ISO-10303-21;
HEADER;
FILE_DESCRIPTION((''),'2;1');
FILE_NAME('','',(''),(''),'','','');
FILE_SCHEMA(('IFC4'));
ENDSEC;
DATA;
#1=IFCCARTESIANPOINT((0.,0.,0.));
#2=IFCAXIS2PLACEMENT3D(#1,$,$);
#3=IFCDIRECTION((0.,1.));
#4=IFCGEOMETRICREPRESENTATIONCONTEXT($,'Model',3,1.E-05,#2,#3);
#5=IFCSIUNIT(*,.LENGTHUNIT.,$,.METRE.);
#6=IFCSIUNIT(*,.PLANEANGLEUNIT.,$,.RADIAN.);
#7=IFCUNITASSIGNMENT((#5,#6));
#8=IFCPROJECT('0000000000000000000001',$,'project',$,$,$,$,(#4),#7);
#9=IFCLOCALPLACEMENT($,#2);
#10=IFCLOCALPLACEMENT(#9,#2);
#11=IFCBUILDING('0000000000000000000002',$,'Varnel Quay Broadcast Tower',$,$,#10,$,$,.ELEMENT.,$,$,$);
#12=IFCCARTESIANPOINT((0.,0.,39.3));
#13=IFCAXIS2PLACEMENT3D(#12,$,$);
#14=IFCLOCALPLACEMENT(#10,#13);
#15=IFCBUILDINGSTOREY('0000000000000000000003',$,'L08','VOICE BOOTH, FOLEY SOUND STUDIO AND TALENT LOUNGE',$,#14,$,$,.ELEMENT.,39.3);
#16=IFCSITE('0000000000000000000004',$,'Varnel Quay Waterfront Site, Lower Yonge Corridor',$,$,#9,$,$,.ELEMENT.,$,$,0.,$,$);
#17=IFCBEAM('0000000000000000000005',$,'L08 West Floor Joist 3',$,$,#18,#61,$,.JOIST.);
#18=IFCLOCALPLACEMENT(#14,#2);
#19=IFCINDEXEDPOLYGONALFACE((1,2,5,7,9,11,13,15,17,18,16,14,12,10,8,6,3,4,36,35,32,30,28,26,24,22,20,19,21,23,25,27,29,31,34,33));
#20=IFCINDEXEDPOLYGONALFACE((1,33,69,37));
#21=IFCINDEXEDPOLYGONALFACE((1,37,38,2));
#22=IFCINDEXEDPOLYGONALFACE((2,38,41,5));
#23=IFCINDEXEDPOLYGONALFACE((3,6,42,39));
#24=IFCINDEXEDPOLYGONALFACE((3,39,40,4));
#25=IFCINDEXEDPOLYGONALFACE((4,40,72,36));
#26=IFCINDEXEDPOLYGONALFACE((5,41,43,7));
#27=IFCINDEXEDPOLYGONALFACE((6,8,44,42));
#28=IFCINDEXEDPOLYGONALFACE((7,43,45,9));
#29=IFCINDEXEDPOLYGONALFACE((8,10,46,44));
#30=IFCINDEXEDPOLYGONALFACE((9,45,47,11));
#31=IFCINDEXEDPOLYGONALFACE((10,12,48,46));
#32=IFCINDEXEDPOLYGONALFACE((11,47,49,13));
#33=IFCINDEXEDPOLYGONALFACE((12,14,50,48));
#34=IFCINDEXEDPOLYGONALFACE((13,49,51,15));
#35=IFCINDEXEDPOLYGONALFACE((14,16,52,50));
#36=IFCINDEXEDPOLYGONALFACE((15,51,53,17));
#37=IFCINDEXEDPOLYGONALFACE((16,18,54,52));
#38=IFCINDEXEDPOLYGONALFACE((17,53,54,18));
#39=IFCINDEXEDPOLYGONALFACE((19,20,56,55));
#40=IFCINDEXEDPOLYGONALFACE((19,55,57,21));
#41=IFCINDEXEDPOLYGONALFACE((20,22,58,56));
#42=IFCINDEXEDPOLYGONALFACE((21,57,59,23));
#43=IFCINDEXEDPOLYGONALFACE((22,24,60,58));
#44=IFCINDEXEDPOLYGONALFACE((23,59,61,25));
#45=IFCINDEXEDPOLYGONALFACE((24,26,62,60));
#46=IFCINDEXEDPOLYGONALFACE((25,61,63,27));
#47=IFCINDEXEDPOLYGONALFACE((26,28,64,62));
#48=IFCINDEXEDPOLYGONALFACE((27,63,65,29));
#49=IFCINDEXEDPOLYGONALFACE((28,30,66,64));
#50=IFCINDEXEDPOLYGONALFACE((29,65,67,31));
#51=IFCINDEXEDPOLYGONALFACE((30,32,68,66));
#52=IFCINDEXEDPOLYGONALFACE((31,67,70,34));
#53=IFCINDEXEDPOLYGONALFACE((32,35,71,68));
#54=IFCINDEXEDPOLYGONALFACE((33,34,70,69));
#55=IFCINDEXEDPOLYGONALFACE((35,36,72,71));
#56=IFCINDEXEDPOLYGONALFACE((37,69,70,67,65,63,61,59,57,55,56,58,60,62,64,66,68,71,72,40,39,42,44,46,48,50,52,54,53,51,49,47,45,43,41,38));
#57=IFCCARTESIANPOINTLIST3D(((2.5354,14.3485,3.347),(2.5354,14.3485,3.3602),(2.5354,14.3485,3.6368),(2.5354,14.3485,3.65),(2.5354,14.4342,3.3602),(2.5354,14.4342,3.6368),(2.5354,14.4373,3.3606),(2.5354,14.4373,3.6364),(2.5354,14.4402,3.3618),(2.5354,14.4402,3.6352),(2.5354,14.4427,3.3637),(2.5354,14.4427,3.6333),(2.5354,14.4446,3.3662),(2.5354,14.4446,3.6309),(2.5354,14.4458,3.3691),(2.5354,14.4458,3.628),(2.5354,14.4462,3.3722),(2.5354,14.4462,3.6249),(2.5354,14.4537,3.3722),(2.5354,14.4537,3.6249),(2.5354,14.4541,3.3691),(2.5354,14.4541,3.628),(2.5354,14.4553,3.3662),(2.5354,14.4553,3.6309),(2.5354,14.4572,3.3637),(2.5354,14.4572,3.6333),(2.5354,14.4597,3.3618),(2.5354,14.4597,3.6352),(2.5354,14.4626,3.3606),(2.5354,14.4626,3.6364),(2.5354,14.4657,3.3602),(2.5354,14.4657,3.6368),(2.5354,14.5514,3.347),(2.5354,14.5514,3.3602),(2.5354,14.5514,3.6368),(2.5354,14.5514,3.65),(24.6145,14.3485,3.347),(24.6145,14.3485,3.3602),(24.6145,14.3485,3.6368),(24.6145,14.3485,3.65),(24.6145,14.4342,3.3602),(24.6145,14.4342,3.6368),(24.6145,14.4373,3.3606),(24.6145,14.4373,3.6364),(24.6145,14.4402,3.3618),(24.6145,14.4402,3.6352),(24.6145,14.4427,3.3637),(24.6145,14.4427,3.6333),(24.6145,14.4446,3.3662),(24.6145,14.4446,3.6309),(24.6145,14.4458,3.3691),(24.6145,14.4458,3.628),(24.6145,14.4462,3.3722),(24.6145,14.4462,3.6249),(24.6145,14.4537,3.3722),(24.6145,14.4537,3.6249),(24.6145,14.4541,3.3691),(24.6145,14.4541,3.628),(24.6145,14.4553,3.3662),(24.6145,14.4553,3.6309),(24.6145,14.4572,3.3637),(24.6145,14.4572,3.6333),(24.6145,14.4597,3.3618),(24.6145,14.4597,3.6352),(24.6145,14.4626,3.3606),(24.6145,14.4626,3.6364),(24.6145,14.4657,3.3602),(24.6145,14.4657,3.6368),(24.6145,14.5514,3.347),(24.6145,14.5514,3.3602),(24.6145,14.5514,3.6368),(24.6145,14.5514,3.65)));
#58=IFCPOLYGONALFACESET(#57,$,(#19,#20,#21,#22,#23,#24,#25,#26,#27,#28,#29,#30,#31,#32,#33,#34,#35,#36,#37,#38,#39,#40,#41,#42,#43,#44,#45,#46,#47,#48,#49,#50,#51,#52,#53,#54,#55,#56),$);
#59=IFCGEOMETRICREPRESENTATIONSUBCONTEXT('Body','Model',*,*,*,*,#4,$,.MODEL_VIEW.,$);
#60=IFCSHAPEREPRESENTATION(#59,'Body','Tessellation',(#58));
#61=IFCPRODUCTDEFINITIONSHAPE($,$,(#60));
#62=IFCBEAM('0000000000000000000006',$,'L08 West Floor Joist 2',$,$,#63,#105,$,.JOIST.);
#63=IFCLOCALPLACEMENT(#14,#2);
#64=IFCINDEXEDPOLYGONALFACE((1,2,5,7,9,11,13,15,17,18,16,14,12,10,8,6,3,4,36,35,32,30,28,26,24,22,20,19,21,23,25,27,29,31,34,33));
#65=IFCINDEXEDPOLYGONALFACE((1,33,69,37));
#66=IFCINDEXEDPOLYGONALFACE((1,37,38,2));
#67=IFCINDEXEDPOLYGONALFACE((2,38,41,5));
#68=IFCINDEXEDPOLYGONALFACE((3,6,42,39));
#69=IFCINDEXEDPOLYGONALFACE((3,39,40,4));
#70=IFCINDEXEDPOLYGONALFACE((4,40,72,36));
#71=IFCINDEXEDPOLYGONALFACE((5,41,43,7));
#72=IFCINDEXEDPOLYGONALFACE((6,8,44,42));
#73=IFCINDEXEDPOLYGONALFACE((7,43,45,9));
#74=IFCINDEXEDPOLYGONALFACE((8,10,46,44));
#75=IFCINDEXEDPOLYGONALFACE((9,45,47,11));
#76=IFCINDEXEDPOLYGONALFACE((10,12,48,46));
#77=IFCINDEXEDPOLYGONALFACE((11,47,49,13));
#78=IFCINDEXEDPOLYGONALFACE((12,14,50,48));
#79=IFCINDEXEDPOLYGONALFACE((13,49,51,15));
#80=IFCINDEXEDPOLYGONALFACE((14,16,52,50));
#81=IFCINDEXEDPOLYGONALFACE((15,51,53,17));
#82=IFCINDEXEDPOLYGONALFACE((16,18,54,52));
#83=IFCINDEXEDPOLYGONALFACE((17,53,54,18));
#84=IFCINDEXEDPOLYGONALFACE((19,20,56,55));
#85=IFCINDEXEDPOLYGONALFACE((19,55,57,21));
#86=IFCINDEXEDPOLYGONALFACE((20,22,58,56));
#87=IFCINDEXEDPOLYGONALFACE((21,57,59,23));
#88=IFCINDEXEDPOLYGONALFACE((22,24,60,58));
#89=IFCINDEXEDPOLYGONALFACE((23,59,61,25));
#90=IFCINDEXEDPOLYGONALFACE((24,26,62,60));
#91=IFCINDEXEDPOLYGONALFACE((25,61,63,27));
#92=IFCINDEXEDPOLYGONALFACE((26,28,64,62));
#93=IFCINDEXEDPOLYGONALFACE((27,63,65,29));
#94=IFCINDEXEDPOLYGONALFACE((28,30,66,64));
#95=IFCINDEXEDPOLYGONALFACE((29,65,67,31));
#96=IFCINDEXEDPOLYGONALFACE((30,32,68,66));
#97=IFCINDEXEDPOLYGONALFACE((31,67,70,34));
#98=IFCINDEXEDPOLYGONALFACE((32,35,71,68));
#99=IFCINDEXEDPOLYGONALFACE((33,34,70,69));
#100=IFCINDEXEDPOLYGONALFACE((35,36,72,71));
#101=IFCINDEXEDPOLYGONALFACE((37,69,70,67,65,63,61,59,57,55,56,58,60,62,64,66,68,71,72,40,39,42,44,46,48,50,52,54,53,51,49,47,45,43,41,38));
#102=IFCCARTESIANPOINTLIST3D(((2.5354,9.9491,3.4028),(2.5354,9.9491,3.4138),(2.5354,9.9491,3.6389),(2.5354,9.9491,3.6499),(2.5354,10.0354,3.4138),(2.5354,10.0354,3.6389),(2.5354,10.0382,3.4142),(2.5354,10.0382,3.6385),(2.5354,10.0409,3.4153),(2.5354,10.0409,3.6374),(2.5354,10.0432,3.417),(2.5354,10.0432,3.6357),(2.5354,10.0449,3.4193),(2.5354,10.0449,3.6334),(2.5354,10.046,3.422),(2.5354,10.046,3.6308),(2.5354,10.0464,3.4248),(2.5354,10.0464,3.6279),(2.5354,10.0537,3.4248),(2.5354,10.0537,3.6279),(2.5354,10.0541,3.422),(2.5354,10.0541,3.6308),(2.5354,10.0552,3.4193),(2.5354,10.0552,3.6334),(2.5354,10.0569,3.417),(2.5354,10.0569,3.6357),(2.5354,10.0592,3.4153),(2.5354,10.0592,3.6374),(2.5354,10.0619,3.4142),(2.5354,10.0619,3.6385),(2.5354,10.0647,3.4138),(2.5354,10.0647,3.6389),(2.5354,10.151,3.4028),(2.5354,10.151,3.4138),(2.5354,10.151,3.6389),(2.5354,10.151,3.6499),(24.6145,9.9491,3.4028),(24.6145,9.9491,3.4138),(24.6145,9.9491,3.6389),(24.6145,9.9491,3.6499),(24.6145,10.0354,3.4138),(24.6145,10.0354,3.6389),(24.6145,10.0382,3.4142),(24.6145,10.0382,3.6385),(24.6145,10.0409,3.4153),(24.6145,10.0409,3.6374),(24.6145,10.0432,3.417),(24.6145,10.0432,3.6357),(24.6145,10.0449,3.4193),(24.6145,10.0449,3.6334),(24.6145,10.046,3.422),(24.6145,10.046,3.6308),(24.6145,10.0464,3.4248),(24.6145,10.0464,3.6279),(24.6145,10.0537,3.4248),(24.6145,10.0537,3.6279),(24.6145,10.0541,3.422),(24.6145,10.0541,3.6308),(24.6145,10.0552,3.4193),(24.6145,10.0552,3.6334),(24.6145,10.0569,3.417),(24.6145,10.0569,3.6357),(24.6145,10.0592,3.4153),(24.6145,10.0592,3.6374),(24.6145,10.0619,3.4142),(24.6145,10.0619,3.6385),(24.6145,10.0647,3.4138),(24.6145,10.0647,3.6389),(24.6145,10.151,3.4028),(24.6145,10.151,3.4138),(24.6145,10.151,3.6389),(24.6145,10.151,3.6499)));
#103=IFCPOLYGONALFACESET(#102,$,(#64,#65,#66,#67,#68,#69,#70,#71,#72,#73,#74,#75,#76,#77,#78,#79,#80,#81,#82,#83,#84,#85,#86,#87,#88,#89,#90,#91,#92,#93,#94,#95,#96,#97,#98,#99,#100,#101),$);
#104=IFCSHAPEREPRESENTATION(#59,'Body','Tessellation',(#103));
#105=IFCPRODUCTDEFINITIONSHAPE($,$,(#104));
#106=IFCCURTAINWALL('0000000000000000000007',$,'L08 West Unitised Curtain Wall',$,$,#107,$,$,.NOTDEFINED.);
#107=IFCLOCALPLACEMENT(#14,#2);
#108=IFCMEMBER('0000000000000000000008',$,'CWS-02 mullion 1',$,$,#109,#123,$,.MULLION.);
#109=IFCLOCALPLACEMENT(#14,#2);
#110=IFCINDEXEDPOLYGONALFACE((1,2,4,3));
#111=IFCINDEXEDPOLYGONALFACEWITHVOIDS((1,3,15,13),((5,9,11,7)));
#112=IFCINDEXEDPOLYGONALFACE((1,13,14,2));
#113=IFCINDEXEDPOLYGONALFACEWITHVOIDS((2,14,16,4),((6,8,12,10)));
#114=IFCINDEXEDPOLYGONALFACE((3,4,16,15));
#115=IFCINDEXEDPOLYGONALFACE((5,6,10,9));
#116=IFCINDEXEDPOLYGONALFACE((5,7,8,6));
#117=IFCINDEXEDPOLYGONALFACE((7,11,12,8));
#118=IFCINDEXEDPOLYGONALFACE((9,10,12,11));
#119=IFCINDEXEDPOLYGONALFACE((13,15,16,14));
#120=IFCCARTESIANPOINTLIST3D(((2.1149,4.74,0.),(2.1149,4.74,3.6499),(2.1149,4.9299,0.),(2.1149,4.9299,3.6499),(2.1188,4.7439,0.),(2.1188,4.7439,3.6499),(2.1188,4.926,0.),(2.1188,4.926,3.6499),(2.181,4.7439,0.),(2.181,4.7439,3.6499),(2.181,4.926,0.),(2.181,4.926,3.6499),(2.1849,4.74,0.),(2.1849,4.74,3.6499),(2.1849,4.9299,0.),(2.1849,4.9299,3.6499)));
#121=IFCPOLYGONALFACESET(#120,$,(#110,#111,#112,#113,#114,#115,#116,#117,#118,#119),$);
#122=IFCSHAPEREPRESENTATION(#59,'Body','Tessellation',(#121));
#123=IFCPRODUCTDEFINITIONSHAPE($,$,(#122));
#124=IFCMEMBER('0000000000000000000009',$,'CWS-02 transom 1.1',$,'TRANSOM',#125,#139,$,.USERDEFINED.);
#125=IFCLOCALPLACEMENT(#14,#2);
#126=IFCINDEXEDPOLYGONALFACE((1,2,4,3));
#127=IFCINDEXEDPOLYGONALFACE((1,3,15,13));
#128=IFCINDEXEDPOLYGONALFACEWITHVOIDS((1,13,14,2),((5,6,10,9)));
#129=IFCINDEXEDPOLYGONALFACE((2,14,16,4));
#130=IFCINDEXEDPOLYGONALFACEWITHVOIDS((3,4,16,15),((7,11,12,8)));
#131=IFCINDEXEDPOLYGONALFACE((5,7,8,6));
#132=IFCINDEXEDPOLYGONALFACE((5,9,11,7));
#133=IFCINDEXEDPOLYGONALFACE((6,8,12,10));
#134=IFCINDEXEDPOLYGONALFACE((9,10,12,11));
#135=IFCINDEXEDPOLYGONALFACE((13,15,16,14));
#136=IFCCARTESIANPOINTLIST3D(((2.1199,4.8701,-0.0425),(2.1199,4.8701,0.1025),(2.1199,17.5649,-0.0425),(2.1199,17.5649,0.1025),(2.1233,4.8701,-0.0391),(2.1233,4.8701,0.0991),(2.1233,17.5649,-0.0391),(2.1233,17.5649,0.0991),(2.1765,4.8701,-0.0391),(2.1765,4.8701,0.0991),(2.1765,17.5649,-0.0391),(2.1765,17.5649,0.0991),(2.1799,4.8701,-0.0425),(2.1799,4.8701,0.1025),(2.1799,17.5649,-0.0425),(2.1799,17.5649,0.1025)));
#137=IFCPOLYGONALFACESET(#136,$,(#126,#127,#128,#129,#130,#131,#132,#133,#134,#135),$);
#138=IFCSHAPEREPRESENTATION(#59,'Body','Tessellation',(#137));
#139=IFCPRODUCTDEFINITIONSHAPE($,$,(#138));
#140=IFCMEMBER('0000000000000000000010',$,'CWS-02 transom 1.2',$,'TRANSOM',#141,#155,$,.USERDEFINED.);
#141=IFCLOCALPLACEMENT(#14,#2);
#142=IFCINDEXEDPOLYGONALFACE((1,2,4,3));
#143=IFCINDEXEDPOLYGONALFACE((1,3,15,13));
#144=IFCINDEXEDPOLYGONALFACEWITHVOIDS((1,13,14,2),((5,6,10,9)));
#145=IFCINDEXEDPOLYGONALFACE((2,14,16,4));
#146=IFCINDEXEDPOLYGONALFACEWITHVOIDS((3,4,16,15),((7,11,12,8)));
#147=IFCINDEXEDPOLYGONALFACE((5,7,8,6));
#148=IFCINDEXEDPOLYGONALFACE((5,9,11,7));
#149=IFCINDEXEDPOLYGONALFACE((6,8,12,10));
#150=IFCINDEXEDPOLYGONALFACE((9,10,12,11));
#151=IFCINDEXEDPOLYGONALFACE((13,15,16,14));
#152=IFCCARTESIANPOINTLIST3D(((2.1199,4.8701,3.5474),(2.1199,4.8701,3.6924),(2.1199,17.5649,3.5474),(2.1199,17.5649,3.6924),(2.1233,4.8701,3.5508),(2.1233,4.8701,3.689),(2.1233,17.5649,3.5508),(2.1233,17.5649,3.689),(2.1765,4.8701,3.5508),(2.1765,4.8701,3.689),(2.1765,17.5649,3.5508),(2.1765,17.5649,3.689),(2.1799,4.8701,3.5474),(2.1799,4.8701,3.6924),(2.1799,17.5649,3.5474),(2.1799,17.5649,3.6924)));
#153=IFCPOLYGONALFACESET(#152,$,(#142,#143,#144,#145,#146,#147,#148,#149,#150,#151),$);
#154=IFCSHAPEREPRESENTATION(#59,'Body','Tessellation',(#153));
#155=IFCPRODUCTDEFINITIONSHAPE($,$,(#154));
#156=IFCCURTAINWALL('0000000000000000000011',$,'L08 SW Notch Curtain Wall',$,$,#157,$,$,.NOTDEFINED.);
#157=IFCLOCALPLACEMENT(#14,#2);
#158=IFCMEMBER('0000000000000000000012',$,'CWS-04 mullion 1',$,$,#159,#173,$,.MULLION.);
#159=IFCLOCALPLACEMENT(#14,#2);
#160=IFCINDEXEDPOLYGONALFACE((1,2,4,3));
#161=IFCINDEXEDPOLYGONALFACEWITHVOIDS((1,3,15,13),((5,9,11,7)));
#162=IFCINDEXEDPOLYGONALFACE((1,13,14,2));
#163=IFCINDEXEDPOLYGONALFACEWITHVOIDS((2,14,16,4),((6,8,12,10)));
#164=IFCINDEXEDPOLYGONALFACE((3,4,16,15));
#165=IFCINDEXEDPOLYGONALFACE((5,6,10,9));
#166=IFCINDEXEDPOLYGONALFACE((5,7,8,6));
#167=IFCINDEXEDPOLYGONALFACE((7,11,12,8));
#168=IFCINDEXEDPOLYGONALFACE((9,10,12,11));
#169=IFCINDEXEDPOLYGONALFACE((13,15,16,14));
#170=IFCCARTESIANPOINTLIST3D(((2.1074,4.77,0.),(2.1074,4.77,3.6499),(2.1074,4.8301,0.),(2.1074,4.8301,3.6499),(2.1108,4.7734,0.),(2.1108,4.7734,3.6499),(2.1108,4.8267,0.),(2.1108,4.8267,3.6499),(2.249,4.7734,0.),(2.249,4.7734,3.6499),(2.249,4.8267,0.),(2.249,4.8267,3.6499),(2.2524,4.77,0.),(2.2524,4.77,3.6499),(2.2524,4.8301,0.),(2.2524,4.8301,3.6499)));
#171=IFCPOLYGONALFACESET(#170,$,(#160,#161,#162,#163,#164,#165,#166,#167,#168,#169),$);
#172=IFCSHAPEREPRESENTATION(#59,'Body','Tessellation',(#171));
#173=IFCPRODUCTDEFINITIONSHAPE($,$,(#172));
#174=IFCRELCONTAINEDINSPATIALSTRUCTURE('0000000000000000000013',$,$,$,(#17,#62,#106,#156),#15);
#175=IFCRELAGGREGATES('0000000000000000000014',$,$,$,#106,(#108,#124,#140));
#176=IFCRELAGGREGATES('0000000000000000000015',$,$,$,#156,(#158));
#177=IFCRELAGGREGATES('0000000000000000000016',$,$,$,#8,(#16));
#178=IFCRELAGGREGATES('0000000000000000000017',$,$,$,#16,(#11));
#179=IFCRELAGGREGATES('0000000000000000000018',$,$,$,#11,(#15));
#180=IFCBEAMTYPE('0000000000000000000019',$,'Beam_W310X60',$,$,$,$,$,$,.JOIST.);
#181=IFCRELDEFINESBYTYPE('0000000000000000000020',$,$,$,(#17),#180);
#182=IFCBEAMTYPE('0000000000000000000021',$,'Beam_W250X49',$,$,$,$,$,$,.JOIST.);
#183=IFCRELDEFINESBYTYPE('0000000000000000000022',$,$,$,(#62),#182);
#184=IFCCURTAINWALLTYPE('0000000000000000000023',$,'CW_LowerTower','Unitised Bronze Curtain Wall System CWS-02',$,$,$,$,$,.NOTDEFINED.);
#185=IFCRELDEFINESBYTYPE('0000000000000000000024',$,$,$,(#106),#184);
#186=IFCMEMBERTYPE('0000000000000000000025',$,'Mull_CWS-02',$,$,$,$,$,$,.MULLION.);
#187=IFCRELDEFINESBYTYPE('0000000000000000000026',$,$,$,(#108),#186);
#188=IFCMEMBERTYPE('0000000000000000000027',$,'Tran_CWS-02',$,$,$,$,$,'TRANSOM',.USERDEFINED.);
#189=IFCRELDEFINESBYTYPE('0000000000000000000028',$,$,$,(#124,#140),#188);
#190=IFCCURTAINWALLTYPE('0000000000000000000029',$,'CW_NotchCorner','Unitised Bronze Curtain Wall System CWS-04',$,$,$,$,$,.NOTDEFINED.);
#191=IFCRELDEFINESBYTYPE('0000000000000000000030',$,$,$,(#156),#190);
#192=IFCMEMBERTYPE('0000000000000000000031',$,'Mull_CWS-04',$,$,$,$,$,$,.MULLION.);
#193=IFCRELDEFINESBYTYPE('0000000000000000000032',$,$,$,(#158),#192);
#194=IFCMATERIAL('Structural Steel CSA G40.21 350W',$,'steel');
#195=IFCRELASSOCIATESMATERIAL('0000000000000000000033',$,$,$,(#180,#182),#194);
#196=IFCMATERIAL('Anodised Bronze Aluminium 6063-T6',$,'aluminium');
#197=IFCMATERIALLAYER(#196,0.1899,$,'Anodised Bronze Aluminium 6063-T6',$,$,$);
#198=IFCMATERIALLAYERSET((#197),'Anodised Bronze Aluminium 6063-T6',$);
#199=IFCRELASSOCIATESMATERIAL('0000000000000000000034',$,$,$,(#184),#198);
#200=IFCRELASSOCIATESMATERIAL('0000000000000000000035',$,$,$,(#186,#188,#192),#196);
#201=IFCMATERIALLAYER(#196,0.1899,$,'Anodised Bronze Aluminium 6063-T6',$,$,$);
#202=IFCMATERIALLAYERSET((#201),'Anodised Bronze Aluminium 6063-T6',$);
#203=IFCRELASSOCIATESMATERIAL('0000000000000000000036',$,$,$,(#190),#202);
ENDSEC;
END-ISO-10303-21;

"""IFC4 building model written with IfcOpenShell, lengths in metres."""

from ifc_helpers import new_model, si_unit, direction, frame, origin, origin_2d, place, context, subcontext, project, spatial, hollow_rectangle, i_section, extrude, source, transform, mapped, material, layer, layer_set, material_profile, profile_set, type_object, type_shapes, element, aggregate, save


model = new_model("IFC4")

# Units and contexts
model_context = context("Model", 3, precision=1e-05, world=origin(), true_north=direction((0.0, 1.0)))
body_context = subcontext(model_context, "Body", "Model", "MODEL_VIEW")
ifc_project = project(units=[si_unit("LENGTHUNIT", "METRE"), si_unit("PLANEANGLEUNIT", "RADIAN")], contexts=[model_context])

# Site, building, storey
site_placement = place(None, origin())
site = spatial("IfcSite", under=ifc_project, at=site_placement, Name="Varnel Quay Waterfront Site, Lower Yonge Corridor", CompositionType="ELEMENT", RefElevation=0.0)
building_placement = place(site_placement, origin())
building = spatial("IfcBuilding", under=site, at=building_placement, Name="Varnel Quay Broadcast Tower", CompositionType="ELEMENT")
storey_placement = place(building_placement, frame((0.0, 0.0, 39.3)))
storey = spatial("IfcBuildingStorey", under=building, at=storey_placement, Name="L08", Description="VOICE BOOTH, FOLEY SOUND STUDIO AND TALENT LOUNGE", CompositionType="ELEMENT", Elevation=39.3)

# Shared definitions
ifc_material_1 = material(Name="Structural Steel CSA G40.21 350W", Category="steel")

# Beams
ifc_material_profile_1 = material_profile(ifc_material_1, i_section(OverallWidth=0.2029, OverallDepth=0.303, WebThickness=0.0076, FlangeThickness=0.0132, FilletRadius=0.012, at=origin_2d()), Name="W310X60")
ifc_profile_set_1 = profile_set([ifc_material_profile_1], Name="Structural Steel CSA G40.21 350W")
beam_type_1 = type_object("IfcBeamType", Name="Beam_W310X60", PredefinedType="JOIST", material=ifc_profile_set_1)
shared_shape_1 = source(origin(), body_context, "Body", "SweptSolid", [
    extrude(i_section(OverallWidth=0.2029, OverallDepth=0.303, WebThickness=0.0076, FlangeThickness=0.0132, FilletRadius=0.012, at=origin_2d()), origin(), (0.0, 0.0, 1.0), 22.0791),
])
type_shapes(beam_type_1, [shared_shape_1])
for number, where, z_axis, x_axis, name in (
    (1, (2.5354, 14.45, 3.4985), (1.0, 0.0, 0.0), (0.0, 1.0, 0.0), "L08 West Floor Joist 3"),
):
    element("IfcBeam", number, at=place(storey_placement, frame(where, z_axis=z_axis, x_axis=x_axis)), inside=storey, type_object=beam_type_1, Name=name, PredefinedType="JOIST", context=body_context, shape_type="MappedRepresentation", body=[
        mapped(shared_shape_1, transform((0.0, 0.0, 0.0), x_axis=(1.0, 0.0, 0.0), y_axis=(0.0, 1.0, 0.0), z_axis=(0.0, 0.0, 1.0), scale=1.0)),
    ])
ifc_material_profile_2 = material_profile(ifc_material_1, i_section(OverallWidth=0.2019, OverallDepth=0.2471, WebThickness=0.0073, FlangeThickness=0.011, FilletRadius=0.011, at=origin_2d()), Name="W250X49")
ifc_profile_set_2 = profile_set([ifc_material_profile_2], Name="Structural Steel CSA G40.21 350W")
beam_type_2 = type_object("IfcBeamType", Name="Beam_W250X49", PredefinedType="JOIST", material=ifc_profile_set_2)
shared_shape_2 = source(origin(), body_context, "Body", "SweptSolid", [
    extrude(i_section(OverallWidth=0.2019, OverallDepth=0.2471, WebThickness=0.0073, FlangeThickness=0.011, FilletRadius=0.011, at=origin_2d()), origin(), (0.0, 0.0, 1.0), 22.0791),
])
type_shapes(beam_type_2, [shared_shape_2])
beam_1_placement = place(storey_placement, frame((2.5354, 10.05, 3.5264), z_axis=(1.0, 0.0, 0.0), x_axis=(0.0, 1.0, 0.0)))
element("IfcBeam", 2, at=beam_1_placement, inside=storey, type_object=beam_type_2, Name="L08 West Floor Joist 2", PredefinedType="JOIST", context=body_context, shape_type="MappedRepresentation", body=[
    mapped(shared_shape_2, transform((0.0, 0.0, 0.0), x_axis=(1.0, 0.0, 0.0), y_axis=(0.0, 1.0, 0.0), z_axis=(0.0, 0.0, 1.0), scale=1.0)),
])

# Curtain walls, members
ifc_material_2 = material(Name="Anodised Bronze Aluminium 6063-T6", Category="aluminium")
ifc_layer_1 = layer(ifc_material_2, 0.1899, Name="Anodised Bronze Aluminium 6063-T6")
ifc_layer_set_1 = layer_set([ifc_layer_1], Name="Anodised Bronze Aluminium 6063-T6")
curtain_wall_type_1 = type_object("IfcCurtainWallType", Name="CW_LowerTower", Description="Unitised Bronze Curtain Wall System CWS-02", PredefinedType="NOTDEFINED", material=ifc_layer_set_1)
curtain_wall_1_placement = place(storey_placement, origin())
curtain_wall_1 = element("IfcCurtainWall", 3, at=curtain_wall_1_placement, inside=storey, type_object=curtain_wall_type_1, Name="L08 West Unitised Curtain Wall", PredefinedType="NOTDEFINED")
ifc_material_profile_3 = material_profile(ifc_material_2, hollow_rectangle(XDim=0.0701, YDim=0.1899, WallThickness=0.0039, at=origin_2d()), Name="ALU70X190X4")
ifc_profile_set_3 = profile_set([ifc_material_profile_3], Name="Anodised Bronze Aluminium 6063-T6")
member_type_1 = type_object("IfcMemberType", Name="Mull_CWS-02", PredefinedType="MULLION", material=ifc_profile_set_3)
shared_shape_3 = source(origin(), body_context, "Body", "SweptSolid", [
    extrude(hollow_rectangle(XDim=0.0701, YDim=0.1899, WallThickness=0.0039, at=origin_2d()), origin(), (0.0, 0.0, 1.0), 3.6499),
])
type_shapes(member_type_1, [shared_shape_3])
member_1_placement = place(storey_placement, frame((2.1499, 4.835, 0.0), z_axis=(0.0, 0.0, 1.0), x_axis=(-1.0, 0.0, 0.0)))
member_1 = element("IfcMember", 4, at=member_1_placement, type_object=member_type_1, Name="CWS-02 mullion 1", PredefinedType="MULLION", context=body_context, shape_type="MappedRepresentation", body=[
    mapped(shared_shape_3, transform((0.0, 0.0, 0.0), x_axis=(1.0, 0.0, 0.0), y_axis=(0.0, 1.0, 0.0), z_axis=(0.0, 0.0, 1.0), scale=1.0)),
])
ifc_material_profile_4 = material_profile(ifc_material_2, hollow_rectangle(XDim=0.0601, YDim=0.145, WallThickness=0.0034, at=origin_2d()), Name="ALU60X145X3.5")
ifc_profile_set_4 = profile_set([ifc_material_profile_4], Name="Anodised Bronze Aluminium 6063-T6")
member_type_2 = type_object("IfcMemberType", Name="Tran_CWS-02", ElementType="TRANSOM", PredefinedType="USERDEFINED", material=ifc_profile_set_4)
shared_shape_4 = source(origin(), body_context, "Body", "SweptSolid", [
    extrude(hollow_rectangle(XDim=0.0601, YDim=0.145, WallThickness=0.0034, at=origin_2d()), origin(), (0.0, 0.0, 1.0), 12.6948),
])
type_shapes(member_type_2, [shared_shape_4])
member_2_placement = place(storey_placement, frame((2.1499, 4.8701, 0.03), z_axis=(0.0, 1.0, 0.0), x_axis=(-1.0, 0.0, 0.0)))
member_2 = element("IfcMember", 5, at=member_2_placement, type_object=member_type_2, Name="CWS-02 transom 1.1", ObjectType="TRANSOM", PredefinedType="USERDEFINED", context=body_context, shape_type="MappedRepresentation", body=[
    mapped(shared_shape_4, transform((0.0, 0.0, 0.0), x_axis=(1.0, 0.0, 0.0), y_axis=(0.0, 1.0, 0.0), z_axis=(0.0, 0.0, 1.0), scale=1.0)),
])
member_3_placement = place(storey_placement, frame((2.1499, 4.8701, 3.6199), z_axis=(0.0, 1.0, 0.0), x_axis=(-1.0, 0.0, 0.0)))
member_3 = element("IfcMember", 6, at=member_3_placement, type_object=member_type_2, Name="CWS-02 transom 1.2", ObjectType="TRANSOM", PredefinedType="USERDEFINED", context=body_context, shape_type="MappedRepresentation", body=[
    mapped(shared_shape_4, transform((0.0, 0.0, 0.0), x_axis=(1.0, 0.0, 0.0), y_axis=(0.0, 1.0, 0.0), z_axis=(0.0, 0.0, 1.0), scale=1.0)),
])
ifc_layer_2 = layer(ifc_material_2, 0.1899, Name="Anodised Bronze Aluminium 6063-T6")
ifc_layer_set_2 = layer_set([ifc_layer_2], Name="Anodised Bronze Aluminium 6063-T6")
curtain_wall_type_2 = type_object("IfcCurtainWallType", Name="CW_NotchCorner", Description="Unitised Bronze Curtain Wall System CWS-04", PredefinedType="NOTDEFINED", material=ifc_layer_set_2)
curtain_wall_2_placement = place(storey_placement, origin())
curtain_wall_2 = element("IfcCurtainWall", 7, at=curtain_wall_2_placement, inside=storey, type_object=curtain_wall_type_2, Name="L08 SW Notch Curtain Wall", PredefinedType="NOTDEFINED")
ifc_material_profile_5 = material_profile(ifc_material_2, hollow_rectangle(XDim=0.0601, YDim=0.145, WallThickness=0.0034, at=origin_2d()), Name="ALU60X145X3.5")
ifc_profile_set_5 = profile_set([ifc_material_profile_5], Name="Anodised Bronze Aluminium 6063-T6")
member_type_3 = type_object("IfcMemberType", Name="Mull_CWS-04", PredefinedType="MULLION", material=ifc_profile_set_5)
shared_shape_5 = source(origin(), body_context, "Body", "SweptSolid", [
    extrude(hollow_rectangle(XDim=0.0601, YDim=0.145, WallThickness=0.0034, at=origin_2d()), origin(), (0.0, 0.0, 1.0), 3.6499),
])
type_shapes(member_type_3, [shared_shape_5])
member_4_placement = place(storey_placement, frame((2.1799, 4.8, 0.0), z_axis=(0.0, 0.0, 1.0), x_axis=(0.0, 1.0, 0.0)))
member_4 = element("IfcMember", 8, at=member_4_placement, type_object=member_type_3, Name="CWS-04 mullion 1", PredefinedType="MULLION", context=body_context, shape_type="MappedRepresentation", body=[
    mapped(shared_shape_5, transform((0.0, 0.0, 0.0), x_axis=(1.0, 0.0, 0.0), y_axis=(0.0, 1.0, 0.0), z_axis=(0.0, 0.0, 1.0), scale=1.0)),
])

aggregate(curtain_wall_1, [member_1, member_2, member_3])
aggregate(curtain_wall_2, [member_4])

save(model, "model.ifc")
